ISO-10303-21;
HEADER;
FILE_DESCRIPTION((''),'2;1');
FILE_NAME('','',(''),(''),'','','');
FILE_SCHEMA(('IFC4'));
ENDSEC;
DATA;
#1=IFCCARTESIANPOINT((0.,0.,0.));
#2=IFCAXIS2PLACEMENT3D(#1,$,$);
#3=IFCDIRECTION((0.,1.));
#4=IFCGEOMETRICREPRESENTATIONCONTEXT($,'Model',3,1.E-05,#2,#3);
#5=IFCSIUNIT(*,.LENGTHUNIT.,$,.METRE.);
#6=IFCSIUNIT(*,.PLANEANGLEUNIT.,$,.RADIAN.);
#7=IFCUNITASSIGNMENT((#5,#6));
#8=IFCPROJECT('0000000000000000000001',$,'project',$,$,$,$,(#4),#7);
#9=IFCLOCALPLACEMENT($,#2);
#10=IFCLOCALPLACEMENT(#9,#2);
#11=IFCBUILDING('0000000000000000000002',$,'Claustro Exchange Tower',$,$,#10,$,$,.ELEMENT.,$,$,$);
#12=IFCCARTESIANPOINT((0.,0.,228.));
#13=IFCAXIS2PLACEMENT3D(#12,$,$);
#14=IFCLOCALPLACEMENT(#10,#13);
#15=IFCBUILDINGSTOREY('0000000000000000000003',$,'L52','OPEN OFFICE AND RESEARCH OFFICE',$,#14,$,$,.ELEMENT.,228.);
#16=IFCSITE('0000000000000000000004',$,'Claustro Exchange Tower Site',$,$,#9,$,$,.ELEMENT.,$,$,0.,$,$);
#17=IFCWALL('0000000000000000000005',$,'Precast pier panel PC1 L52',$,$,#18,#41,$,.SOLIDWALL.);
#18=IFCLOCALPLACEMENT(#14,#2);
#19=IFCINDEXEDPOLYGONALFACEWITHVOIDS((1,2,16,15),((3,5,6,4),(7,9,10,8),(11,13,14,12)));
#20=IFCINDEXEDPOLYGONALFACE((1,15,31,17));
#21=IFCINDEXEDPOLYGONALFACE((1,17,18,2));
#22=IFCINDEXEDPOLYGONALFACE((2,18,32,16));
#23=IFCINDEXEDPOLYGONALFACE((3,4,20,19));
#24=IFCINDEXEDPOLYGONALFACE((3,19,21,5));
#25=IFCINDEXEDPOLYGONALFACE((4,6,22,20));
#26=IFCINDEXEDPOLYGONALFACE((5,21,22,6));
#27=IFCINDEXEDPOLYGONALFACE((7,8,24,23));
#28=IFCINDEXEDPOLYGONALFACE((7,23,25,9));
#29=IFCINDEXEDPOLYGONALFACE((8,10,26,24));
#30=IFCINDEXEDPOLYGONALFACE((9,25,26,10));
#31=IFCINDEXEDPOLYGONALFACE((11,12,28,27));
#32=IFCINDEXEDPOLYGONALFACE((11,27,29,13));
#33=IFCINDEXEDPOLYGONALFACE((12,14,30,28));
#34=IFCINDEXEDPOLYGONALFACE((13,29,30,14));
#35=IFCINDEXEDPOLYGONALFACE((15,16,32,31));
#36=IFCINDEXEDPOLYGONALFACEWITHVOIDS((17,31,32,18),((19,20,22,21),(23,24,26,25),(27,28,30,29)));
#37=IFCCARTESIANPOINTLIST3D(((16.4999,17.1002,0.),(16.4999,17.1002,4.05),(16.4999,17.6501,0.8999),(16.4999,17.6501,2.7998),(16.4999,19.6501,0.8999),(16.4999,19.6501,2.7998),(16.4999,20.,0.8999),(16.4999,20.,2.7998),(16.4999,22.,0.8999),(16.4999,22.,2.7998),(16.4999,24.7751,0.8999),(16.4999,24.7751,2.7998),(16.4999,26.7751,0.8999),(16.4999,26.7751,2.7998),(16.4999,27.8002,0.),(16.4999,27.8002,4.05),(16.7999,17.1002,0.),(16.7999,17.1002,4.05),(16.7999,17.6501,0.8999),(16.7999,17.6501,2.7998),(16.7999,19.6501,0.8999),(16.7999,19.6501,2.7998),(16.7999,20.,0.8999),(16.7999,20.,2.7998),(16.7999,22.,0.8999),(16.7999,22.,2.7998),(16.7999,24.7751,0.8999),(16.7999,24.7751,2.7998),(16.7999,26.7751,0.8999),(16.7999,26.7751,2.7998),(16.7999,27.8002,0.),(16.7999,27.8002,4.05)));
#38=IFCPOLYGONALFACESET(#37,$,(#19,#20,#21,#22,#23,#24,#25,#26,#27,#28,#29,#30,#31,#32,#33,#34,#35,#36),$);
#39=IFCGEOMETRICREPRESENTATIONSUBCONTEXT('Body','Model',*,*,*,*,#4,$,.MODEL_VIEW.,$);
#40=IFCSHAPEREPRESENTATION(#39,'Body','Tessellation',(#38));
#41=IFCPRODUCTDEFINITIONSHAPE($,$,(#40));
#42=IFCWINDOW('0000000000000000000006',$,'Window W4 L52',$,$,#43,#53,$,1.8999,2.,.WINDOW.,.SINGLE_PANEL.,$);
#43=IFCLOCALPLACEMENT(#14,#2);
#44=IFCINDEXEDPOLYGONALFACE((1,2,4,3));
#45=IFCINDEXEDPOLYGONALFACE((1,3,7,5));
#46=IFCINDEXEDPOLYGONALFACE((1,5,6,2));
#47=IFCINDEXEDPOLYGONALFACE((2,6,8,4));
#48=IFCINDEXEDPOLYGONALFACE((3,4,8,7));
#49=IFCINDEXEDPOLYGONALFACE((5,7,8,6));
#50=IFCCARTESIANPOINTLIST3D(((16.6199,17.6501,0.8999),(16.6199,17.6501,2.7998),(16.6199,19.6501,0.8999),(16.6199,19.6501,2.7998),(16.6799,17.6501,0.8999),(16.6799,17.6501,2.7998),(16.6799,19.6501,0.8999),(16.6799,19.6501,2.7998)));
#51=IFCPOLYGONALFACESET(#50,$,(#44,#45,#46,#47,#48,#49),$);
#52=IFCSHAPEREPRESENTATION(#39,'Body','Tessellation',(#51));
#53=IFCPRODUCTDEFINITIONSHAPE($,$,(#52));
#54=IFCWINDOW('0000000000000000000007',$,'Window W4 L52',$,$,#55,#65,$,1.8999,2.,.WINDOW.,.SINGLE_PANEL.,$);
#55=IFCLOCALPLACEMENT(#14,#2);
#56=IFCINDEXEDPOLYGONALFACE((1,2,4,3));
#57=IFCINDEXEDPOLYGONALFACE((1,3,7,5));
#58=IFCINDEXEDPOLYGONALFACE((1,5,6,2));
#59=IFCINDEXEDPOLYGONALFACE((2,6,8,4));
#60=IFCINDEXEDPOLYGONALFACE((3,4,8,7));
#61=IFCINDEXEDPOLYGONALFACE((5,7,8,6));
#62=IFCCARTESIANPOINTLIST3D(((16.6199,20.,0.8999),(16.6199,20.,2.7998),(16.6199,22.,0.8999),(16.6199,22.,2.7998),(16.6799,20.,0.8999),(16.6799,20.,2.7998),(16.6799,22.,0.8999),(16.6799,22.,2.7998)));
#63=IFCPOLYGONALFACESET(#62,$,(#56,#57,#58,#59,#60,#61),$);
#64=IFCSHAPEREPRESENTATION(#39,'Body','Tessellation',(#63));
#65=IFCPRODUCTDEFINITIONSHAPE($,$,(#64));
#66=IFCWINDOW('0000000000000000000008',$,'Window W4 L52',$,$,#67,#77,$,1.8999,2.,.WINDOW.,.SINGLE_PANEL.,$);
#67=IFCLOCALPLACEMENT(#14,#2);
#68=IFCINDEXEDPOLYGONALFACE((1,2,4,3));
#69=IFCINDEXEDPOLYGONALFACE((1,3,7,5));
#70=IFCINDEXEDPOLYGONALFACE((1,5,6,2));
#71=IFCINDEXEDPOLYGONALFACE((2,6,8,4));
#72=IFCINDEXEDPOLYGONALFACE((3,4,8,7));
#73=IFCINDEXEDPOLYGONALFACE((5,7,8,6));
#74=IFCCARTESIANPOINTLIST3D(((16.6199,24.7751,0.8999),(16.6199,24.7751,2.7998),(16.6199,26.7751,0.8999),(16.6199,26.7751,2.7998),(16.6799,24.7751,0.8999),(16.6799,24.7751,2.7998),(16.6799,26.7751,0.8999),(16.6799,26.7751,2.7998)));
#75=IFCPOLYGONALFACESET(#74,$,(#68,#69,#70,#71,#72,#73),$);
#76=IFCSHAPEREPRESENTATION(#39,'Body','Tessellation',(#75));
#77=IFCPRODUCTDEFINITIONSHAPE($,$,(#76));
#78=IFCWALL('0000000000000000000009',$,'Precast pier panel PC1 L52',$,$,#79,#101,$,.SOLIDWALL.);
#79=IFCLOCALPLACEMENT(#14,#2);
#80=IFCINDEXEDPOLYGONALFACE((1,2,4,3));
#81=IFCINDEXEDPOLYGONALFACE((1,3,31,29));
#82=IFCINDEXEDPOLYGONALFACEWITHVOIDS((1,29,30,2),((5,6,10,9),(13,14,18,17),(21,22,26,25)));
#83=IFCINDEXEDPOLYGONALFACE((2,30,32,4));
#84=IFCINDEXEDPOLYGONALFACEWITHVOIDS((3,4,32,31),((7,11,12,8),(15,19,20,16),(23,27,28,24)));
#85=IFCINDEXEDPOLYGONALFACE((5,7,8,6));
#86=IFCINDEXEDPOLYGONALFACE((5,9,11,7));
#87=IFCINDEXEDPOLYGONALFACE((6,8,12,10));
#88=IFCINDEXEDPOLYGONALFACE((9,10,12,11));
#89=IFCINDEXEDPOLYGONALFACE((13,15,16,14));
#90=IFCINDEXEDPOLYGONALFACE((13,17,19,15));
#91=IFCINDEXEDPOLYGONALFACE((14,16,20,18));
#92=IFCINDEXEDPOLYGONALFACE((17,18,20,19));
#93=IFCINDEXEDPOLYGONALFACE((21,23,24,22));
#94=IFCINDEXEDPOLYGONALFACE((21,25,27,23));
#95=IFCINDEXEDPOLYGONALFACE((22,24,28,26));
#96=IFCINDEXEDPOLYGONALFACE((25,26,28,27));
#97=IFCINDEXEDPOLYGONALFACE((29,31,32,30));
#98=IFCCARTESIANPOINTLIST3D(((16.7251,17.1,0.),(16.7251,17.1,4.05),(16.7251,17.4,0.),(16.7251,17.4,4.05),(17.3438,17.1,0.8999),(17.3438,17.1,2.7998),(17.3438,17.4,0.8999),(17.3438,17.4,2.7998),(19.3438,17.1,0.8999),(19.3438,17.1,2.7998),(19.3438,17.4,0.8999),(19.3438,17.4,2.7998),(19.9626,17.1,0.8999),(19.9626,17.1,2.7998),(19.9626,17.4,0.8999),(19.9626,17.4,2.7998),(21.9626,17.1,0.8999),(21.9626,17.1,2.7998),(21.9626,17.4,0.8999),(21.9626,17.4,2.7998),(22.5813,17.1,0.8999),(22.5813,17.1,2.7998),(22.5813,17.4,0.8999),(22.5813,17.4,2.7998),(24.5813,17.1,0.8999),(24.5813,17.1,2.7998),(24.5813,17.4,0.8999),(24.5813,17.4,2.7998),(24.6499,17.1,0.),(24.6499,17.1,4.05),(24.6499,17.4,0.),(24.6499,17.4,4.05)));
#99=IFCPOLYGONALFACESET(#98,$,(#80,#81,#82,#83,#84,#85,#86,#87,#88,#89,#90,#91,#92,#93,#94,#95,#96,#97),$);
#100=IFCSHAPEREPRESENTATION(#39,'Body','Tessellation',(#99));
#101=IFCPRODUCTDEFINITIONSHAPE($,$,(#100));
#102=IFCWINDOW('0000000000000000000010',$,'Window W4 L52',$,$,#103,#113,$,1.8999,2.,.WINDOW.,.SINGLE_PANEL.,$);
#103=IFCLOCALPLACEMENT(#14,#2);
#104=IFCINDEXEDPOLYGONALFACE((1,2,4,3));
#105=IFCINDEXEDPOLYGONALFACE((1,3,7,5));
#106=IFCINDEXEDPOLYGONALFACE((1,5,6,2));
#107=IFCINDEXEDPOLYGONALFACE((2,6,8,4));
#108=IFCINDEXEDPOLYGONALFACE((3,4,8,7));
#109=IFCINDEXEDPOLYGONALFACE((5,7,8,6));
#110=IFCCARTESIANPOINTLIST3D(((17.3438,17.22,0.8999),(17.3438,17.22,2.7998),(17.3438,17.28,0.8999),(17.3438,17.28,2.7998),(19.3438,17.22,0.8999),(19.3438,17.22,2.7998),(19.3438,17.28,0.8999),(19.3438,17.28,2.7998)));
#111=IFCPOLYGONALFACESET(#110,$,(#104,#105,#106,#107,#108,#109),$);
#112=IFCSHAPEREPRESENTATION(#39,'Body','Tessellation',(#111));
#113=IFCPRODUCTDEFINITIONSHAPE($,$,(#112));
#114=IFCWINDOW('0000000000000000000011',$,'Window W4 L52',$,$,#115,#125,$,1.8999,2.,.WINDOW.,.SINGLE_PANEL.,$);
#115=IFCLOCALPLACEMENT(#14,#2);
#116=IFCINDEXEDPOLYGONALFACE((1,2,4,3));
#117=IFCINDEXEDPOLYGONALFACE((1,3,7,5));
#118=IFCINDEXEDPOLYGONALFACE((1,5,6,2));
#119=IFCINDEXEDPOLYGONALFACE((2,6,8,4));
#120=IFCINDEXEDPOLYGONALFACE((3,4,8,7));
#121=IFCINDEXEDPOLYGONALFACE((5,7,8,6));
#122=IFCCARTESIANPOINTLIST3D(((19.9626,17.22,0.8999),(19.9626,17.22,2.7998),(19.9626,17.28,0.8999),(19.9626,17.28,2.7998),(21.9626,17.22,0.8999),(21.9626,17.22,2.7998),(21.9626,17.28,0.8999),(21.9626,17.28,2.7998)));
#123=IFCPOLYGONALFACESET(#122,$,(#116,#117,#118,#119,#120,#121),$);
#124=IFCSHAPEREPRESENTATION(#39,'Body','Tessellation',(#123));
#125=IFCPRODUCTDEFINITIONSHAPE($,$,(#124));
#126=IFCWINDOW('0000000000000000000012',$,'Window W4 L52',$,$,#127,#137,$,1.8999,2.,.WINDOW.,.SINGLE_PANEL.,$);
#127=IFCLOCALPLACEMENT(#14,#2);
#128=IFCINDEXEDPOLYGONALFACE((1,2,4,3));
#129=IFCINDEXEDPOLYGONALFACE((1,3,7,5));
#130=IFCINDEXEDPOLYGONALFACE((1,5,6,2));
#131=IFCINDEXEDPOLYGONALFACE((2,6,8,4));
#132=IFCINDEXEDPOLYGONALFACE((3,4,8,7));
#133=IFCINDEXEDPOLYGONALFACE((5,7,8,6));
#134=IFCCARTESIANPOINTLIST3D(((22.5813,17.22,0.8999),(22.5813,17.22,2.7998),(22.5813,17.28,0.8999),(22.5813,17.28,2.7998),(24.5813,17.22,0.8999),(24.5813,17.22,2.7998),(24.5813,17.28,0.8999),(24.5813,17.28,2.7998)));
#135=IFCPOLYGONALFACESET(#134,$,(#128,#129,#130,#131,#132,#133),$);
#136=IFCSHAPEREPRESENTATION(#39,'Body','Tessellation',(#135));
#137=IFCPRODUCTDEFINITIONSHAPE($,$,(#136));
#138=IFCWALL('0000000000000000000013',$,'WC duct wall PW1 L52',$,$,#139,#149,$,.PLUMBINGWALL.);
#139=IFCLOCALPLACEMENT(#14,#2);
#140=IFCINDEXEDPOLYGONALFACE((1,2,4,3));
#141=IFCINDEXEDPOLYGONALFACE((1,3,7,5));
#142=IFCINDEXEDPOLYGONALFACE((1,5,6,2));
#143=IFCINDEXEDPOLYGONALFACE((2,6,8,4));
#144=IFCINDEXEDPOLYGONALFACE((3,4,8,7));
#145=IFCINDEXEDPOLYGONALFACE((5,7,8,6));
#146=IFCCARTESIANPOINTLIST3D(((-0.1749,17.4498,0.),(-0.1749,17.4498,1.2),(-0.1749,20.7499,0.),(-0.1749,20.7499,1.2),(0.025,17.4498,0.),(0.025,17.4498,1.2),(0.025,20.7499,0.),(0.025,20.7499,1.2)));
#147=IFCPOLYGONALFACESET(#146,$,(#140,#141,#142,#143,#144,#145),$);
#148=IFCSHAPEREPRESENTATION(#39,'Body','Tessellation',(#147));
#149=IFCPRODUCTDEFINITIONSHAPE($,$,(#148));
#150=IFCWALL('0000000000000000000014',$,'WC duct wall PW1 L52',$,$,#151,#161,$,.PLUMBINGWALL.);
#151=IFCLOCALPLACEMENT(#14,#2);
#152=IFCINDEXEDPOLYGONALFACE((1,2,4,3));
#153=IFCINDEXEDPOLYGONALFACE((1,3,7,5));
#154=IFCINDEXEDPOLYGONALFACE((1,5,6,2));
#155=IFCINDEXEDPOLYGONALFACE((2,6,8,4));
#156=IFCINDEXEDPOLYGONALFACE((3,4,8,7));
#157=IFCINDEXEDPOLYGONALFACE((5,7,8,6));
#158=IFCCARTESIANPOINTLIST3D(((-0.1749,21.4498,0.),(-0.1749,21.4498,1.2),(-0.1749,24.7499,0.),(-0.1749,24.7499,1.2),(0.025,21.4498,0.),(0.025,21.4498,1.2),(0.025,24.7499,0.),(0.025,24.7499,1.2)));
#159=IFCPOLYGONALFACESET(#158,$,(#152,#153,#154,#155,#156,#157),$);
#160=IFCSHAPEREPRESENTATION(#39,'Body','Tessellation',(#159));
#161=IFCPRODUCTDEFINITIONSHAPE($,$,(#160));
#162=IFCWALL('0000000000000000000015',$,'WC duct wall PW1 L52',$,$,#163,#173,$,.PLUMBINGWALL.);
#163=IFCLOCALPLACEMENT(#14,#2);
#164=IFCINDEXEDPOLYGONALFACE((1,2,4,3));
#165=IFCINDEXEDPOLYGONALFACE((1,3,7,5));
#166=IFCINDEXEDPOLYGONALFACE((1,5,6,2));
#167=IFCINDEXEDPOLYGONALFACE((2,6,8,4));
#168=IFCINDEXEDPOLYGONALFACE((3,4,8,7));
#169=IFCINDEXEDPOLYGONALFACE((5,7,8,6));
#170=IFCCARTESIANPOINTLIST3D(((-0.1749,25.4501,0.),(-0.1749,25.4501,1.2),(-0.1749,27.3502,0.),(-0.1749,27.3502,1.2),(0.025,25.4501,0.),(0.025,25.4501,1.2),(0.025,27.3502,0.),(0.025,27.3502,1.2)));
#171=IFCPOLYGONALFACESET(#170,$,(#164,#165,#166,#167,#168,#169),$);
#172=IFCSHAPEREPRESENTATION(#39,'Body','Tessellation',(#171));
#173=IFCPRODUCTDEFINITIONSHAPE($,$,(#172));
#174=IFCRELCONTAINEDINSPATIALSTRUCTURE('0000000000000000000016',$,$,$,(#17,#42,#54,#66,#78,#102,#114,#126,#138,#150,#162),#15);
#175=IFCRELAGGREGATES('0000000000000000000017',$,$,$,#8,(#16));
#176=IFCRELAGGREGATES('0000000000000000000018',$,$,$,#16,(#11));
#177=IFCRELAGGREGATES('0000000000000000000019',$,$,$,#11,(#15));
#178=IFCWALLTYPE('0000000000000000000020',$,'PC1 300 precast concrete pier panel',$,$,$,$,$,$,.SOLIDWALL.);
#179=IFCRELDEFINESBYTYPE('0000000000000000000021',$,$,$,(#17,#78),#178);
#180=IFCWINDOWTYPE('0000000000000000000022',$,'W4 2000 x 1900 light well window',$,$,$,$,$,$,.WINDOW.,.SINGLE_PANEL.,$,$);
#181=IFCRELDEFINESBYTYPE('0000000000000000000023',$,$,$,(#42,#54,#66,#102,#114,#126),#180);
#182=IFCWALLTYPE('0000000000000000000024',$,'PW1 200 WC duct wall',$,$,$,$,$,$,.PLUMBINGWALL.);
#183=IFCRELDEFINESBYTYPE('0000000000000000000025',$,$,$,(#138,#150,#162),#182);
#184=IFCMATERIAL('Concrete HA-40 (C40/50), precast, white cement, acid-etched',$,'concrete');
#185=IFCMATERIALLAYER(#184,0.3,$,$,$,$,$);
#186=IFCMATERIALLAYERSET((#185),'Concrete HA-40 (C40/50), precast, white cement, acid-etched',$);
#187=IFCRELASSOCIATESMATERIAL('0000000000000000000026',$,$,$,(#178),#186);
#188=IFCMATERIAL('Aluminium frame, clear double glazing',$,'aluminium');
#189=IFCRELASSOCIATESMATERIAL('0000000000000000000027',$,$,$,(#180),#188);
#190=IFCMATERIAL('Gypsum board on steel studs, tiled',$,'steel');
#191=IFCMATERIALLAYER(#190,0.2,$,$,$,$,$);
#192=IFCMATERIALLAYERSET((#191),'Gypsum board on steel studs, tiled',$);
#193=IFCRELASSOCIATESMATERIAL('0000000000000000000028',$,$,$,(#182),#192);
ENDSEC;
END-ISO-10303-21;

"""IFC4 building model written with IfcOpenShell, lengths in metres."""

from ifc_helpers import new_model, si_unit, direction, frame, frame_2d, origin, place, context, subcontext, project, spatial, rectangle, extrude, material, layer, layer_set, type_object, element, fill, save


model = new_model("IFC4")

# Units and contexts
model_context = context("Model", 3, precision=1e-05, world=origin(), true_north=direction((0.0, 1.0)))
body_context = subcontext(model_context, "Body", "Model", "MODEL_VIEW")
ifc_project = project(units=[si_unit("LENGTHUNIT", "METRE"), si_unit("PLANEANGLEUNIT", "RADIAN")], contexts=[model_context])

# Site, building, storey
site_placement = place(None, origin())
site = spatial("IfcSite", under=ifc_project, at=site_placement, Name="Claustro Exchange Tower Site", CompositionType="ELEMENT", RefElevation=0.0)
building_placement = place(site_placement, origin())
building = spatial("IfcBuilding", under=site, at=building_placement, Name="Claustro Exchange Tower", CompositionType="ELEMENT")
storey_placement = place(building_placement, frame((0.0, 0.0, 228.0)))
storey = spatial("IfcBuildingStorey", under=building, at=storey_placement, Name="L52", Description="OPEN OFFICE AND RESEARCH OFFICE", CompositionType="ELEMENT", Elevation=228.0)

# Walls, openings, windows
ifc_material_1 = material(Name="Concrete HA-40 (C40/50), precast, white cement, acid-etched", Category="concrete")
ifc_layer_1 = layer(ifc_material_1, 0.3)
ifc_layer_set_1 = layer_set([ifc_layer_1], Name="Concrete HA-40 (C40/50), precast, white cement, acid-etched")
wall_type_1 = type_object("IfcWallType", Name="PC1 300 precast concrete pier panel", PredefinedType="SOLIDWALL", material=ifc_layer_set_1)
wall_1_placement = place(storey_placement, frame((16.6499, 17.1001, 0.0), z_axis=(0.0, 0.0, 1.0), x_axis=(0.0, 1.0, 0.0)))
wall_1 = element("IfcWall", 1, at=wall_1_placement, inside=storey, type_object=wall_type_1, Name="Precast pier panel PC1 L52", PredefinedType="SOLIDWALL", context=body_context, shape_type="SweptSolid", body=[
    extrude(rectangle(XDim=10.7, YDim=0.3, at=frame_2d((5.3501, 0.0))), origin(), (0.0, 0.0, 1.0), 4.05),
])
opening_1_placement = place(wall_1_placement, frame((0.55, 0.0, 0.8999)))
opening_1 = element("IfcOpeningElement", 2, at=opening_1_placement, cuts=wall_1, PredefinedType="OPENING", context=body_context, shape_type="SweptSolid", body=[
    extrude(rectangle(XDim=2.0, YDim=1.8999, at=frame_2d((1.0, 0.95))), frame((0.0, 0.1599, 0.0), z_axis=(0.0, -1.0, 0.0), x_axis=(1.0, 0.0, 0.0)), (0.0, 0.0, 1.0), 0.3201),
])
opening_2_placement = place(wall_1_placement, frame((2.8999, 0.0, 0.8999)))
opening_2 = element("IfcOpeningElement", 3, at=opening_2_placement, cuts=wall_1, PredefinedType="OPENING", context=body_context, shape_type="SweptSolid", body=[
    extrude(rectangle(XDim=2.0, YDim=1.8999, at=frame_2d((1.0, 0.95))), frame((0.0, 0.1599, 0.0), z_axis=(0.0, -1.0, 0.0), x_axis=(1.0, 0.0, 0.0)), (0.0, 0.0, 1.0), 0.3201),
])
opening_3_placement = place(wall_1_placement, frame((7.675, 0.0, 0.8999)))
opening_3 = element("IfcOpeningElement", 4, at=opening_3_placement, cuts=wall_1, PredefinedType="OPENING", context=body_context, shape_type="SweptSolid", body=[
    extrude(rectangle(XDim=2.0, YDim=1.8999, at=frame_2d((1.0, 0.95))), frame((0.0, 0.1599, 0.0), z_axis=(0.0, -1.0, 0.0), x_axis=(1.0, 0.0, 0.0)), (0.0, 0.0, 1.0), 0.3201),
])
ifc_material_2 = material(Name="Aluminium frame, clear double glazing", Category="aluminium")
window_type = type_object("IfcWindowType", Name="W4 2000 x 1900 light well window", PartitioningType="SINGLE_PANEL", PredefinedType="WINDOW", material=ifc_material_2)
window_1_placement = place(opening_1_placement, origin())
window_1 = element("IfcWindow", 5, at=window_1_placement, inside=storey, type_object=window_type, Name="Window W4 L52", OverallHeight=1.8999, OverallWidth=2.0, PartitioningType="SINGLE_PANEL", PredefinedType="WINDOW", context=body_context, shape_type="SweptSolid", body=[
    extrude(rectangle(XDim=2.0, YDim=1.8999, at=frame_2d((1.0, 0.95))), frame((0.0, 0.03, 0.0), z_axis=(0.0, -1.0, 0.0), x_axis=(1.0, 0.0, 0.0)), (0.0, 0.0, 1.0), 0.0601),
])
fill(opening_1, window_1)
window_2_placement = place(opening_2_placement, origin())
window_2 = element("IfcWindow", 6, at=window_2_placement, inside=storey, type_object=window_type, Name="Window W4 L52", OverallHeight=1.8999, OverallWidth=2.0, PartitioningType="SINGLE_PANEL", PredefinedType="WINDOW", context=body_context, shape_type="SweptSolid", body=[
    extrude(rectangle(XDim=2.0, YDim=1.8999, at=frame_2d((1.0, 0.95))), frame((0.0, 0.03, 0.0), z_axis=(0.0, -1.0, 0.0), x_axis=(1.0, 0.0, 0.0)), (0.0, 0.0, 1.0), 0.0601),
])
fill(opening_2, window_2)
window_3_placement = place(opening_3_placement, origin())
window_3 = element("IfcWindow", 7, at=window_3_placement, inside=storey, type_object=window_type, Name="Window W4 L52", OverallHeight=1.8999, OverallWidth=2.0, PartitioningType="SINGLE_PANEL", PredefinedType="WINDOW", context=body_context, shape_type="SweptSolid", body=[
    extrude(rectangle(XDim=2.0, YDim=1.8999, at=frame_2d((1.0, 0.95))), frame((0.0, 0.03, 0.0), z_axis=(0.0, -1.0, 0.0), x_axis=(1.0, 0.0, 0.0)), (0.0, 0.0, 1.0), 0.0601),
])
fill(opening_3, window_3)
wall_2_placement = place(storey_placement, frame((16.7251, 17.25, 0.0), z_axis=(0.0, 0.0, 1.0), x_axis=(1.0, 0.0, 0.0)))
wall_2 = element("IfcWall", 8, at=wall_2_placement, inside=storey, type_object=wall_type_1, Name="Precast pier panel PC1 L52", PredefinedType="SOLIDWALL", context=body_context, shape_type="SweptSolid", body=[
    extrude(rectangle(XDim=7.9248, YDim=0.3, at=frame_2d((3.9624, 0.0))), origin(), (0.0, 0.0, 1.0), 4.05),
])
opening_4_placement = place(wall_2_placement, frame((0.6187, 0.0, 0.8999)))
opening_4 = element("IfcOpeningElement", 9, at=opening_4_placement, cuts=wall_2, PredefinedType="OPENING", context=body_context, shape_type="SweptSolid", body=[
    extrude(rectangle(XDim=2.0, YDim=1.8999, at=frame_2d((1.0, 0.95))), frame((0.0, 0.1599, 0.0), z_axis=(0.0, -1.0, 0.0), x_axis=(1.0, 0.0, 0.0)), (0.0, 0.0, 1.0), 0.3201),
])
opening_5_placement = place(wall_2_placement, frame((3.2375, 0.0, 0.8999)))
opening_5 = element("IfcOpeningElement", 10, at=opening_5_placement, cuts=wall_2, PredefinedType="OPENING", context=body_context, shape_type="SweptSolid", body=[
    extrude(rectangle(XDim=2.0, YDim=1.8999, at=frame_2d((1.0, 0.95))), frame((0.0, 0.1599, 0.0), z_axis=(0.0, -1.0, 0.0), x_axis=(1.0, 0.0, 0.0)), (0.0, 0.0, 1.0), 0.3201),
])
opening_6_placement = place(wall_2_placement, frame((5.8562, 0.0, 0.8999)))
opening_6 = element("IfcOpeningElement", 11, at=opening_6_placement, cuts=wall_2, PredefinedType="OPENING", context=body_context, shape_type="SweptSolid", body=[
    extrude(rectangle(XDim=2.0, YDim=1.8999, at=frame_2d((1.0, 0.95))), frame((0.0, 0.1599, 0.0), z_axis=(0.0, -1.0, 0.0), x_axis=(1.0, 0.0, 0.0)), (0.0, 0.0, 1.0), 0.3201),
])
window_4_placement = place(opening_4_placement, origin())
window_4 = element("IfcWindow", 12, at=window_4_placement, inside=storey, type_object=window_type, Name="Window W4 L52", OverallHeight=1.8999, OverallWidth=2.0, PartitioningType="SINGLE_PANEL", PredefinedType="WINDOW", context=body_context, shape_type="SweptSolid", body=[
    extrude(rectangle(XDim=2.0, YDim=1.8999, at=frame_2d((1.0, 0.95))), frame((0.0, 0.03, 0.0), z_axis=(0.0, -1.0, 0.0), x_axis=(1.0, 0.0, 0.0)), (0.0, 0.0, 1.0), 0.0601),
])
fill(opening_4, window_4)
window_5_placement = place(opening_5_placement, origin())
window_5 = element("IfcWindow", 13, at=window_5_placement, inside=storey, type_object=window_type, Name="Window W4 L52", OverallHeight=1.8999, OverallWidth=2.0, PartitioningType="SINGLE_PANEL", PredefinedType="WINDOW", context=body_context, shape_type="SweptSolid", body=[
    extrude(rectangle(XDim=2.0, YDim=1.8999, at=frame_2d((1.0, 0.95))), frame((0.0, 0.03, 0.0), z_axis=(0.0, -1.0, 0.0), x_axis=(1.0, 0.0, 0.0)), (0.0, 0.0, 1.0), 0.0601),
])
fill(opening_5, window_5)
window_6_placement = place(opening_6_placement, origin())
window_6 = element("IfcWindow", 14, at=window_6_placement, inside=storey, type_object=window_type, Name="Window W4 L52", OverallHeight=1.8999, OverallWidth=2.0, PartitioningType="SINGLE_PANEL", PredefinedType="WINDOW", context=body_context, shape_type="SweptSolid", body=[
    extrude(rectangle(XDim=2.0, YDim=1.8999, at=frame_2d((1.0, 0.95))), frame((0.0, 0.03, 0.0), z_axis=(0.0, -1.0, 0.0), x_axis=(1.0, 0.0, 0.0)), (0.0, 0.0, 1.0), 0.0601),
])
fill(opening_6, window_6)

# Walls
ifc_material_3 = material(Name="Gypsum board on steel studs, tiled", Category="steel")
ifc_layer_2 = layer(ifc_material_3, 0.2)
ifc_layer_set_2 = layer_set([ifc_layer_2], Name="Gypsum board on steel studs, tiled")
wall_type_2 = type_object("IfcWallType", Name="PW1 200 WC duct wall", PredefinedType="PLUMBINGWALL", material=ifc_layer_set_2)
for number, where, z_axis, x_axis, name in (
    (15, (-0.075, 17.45, 0.0), (0.0, 0.0, 1.0), (0.0, 1.0, 0.0), "WC duct wall PW1 L52"),
    (16, (-0.075, 21.45, 0.0), (0.0, 0.0, 1.0), (0.0, 1.0, 0.0), "WC duct wall PW1 L52"),
):
    element("IfcWall", number, at=place(storey_placement, frame(where, z_axis=z_axis, x_axis=x_axis)), inside=storey, type_object=wall_type_2, Name=name, PredefinedType="PLUMBINGWALL", context=body_context, shape_type="SweptSolid", body=[
        extrude(rectangle(XDim=3.3, YDim=0.2, at=frame_2d((1.6499, 0.0))), origin(), (0.0, 0.0, 1.0), 1.2),
    ])
wall_3_placement = place(storey_placement, frame((-0.075, 25.45, 0.0), z_axis=(0.0, 0.0, 1.0), x_axis=(0.0, 1.0, 0.0)))
element("IfcWall", 17, at=wall_3_placement, inside=storey, type_object=wall_type_2, Name="WC duct wall PW1 L52", PredefinedType="PLUMBINGWALL", context=body_context, shape_type="SweptSolid", body=[
    extrude(rectangle(XDim=1.9001, YDim=0.2, at=frame_2d((0.9502, 0.0))), origin(), (0.0, 0.0, 1.0), 1.2),
])

save(model, "model.ifc")
